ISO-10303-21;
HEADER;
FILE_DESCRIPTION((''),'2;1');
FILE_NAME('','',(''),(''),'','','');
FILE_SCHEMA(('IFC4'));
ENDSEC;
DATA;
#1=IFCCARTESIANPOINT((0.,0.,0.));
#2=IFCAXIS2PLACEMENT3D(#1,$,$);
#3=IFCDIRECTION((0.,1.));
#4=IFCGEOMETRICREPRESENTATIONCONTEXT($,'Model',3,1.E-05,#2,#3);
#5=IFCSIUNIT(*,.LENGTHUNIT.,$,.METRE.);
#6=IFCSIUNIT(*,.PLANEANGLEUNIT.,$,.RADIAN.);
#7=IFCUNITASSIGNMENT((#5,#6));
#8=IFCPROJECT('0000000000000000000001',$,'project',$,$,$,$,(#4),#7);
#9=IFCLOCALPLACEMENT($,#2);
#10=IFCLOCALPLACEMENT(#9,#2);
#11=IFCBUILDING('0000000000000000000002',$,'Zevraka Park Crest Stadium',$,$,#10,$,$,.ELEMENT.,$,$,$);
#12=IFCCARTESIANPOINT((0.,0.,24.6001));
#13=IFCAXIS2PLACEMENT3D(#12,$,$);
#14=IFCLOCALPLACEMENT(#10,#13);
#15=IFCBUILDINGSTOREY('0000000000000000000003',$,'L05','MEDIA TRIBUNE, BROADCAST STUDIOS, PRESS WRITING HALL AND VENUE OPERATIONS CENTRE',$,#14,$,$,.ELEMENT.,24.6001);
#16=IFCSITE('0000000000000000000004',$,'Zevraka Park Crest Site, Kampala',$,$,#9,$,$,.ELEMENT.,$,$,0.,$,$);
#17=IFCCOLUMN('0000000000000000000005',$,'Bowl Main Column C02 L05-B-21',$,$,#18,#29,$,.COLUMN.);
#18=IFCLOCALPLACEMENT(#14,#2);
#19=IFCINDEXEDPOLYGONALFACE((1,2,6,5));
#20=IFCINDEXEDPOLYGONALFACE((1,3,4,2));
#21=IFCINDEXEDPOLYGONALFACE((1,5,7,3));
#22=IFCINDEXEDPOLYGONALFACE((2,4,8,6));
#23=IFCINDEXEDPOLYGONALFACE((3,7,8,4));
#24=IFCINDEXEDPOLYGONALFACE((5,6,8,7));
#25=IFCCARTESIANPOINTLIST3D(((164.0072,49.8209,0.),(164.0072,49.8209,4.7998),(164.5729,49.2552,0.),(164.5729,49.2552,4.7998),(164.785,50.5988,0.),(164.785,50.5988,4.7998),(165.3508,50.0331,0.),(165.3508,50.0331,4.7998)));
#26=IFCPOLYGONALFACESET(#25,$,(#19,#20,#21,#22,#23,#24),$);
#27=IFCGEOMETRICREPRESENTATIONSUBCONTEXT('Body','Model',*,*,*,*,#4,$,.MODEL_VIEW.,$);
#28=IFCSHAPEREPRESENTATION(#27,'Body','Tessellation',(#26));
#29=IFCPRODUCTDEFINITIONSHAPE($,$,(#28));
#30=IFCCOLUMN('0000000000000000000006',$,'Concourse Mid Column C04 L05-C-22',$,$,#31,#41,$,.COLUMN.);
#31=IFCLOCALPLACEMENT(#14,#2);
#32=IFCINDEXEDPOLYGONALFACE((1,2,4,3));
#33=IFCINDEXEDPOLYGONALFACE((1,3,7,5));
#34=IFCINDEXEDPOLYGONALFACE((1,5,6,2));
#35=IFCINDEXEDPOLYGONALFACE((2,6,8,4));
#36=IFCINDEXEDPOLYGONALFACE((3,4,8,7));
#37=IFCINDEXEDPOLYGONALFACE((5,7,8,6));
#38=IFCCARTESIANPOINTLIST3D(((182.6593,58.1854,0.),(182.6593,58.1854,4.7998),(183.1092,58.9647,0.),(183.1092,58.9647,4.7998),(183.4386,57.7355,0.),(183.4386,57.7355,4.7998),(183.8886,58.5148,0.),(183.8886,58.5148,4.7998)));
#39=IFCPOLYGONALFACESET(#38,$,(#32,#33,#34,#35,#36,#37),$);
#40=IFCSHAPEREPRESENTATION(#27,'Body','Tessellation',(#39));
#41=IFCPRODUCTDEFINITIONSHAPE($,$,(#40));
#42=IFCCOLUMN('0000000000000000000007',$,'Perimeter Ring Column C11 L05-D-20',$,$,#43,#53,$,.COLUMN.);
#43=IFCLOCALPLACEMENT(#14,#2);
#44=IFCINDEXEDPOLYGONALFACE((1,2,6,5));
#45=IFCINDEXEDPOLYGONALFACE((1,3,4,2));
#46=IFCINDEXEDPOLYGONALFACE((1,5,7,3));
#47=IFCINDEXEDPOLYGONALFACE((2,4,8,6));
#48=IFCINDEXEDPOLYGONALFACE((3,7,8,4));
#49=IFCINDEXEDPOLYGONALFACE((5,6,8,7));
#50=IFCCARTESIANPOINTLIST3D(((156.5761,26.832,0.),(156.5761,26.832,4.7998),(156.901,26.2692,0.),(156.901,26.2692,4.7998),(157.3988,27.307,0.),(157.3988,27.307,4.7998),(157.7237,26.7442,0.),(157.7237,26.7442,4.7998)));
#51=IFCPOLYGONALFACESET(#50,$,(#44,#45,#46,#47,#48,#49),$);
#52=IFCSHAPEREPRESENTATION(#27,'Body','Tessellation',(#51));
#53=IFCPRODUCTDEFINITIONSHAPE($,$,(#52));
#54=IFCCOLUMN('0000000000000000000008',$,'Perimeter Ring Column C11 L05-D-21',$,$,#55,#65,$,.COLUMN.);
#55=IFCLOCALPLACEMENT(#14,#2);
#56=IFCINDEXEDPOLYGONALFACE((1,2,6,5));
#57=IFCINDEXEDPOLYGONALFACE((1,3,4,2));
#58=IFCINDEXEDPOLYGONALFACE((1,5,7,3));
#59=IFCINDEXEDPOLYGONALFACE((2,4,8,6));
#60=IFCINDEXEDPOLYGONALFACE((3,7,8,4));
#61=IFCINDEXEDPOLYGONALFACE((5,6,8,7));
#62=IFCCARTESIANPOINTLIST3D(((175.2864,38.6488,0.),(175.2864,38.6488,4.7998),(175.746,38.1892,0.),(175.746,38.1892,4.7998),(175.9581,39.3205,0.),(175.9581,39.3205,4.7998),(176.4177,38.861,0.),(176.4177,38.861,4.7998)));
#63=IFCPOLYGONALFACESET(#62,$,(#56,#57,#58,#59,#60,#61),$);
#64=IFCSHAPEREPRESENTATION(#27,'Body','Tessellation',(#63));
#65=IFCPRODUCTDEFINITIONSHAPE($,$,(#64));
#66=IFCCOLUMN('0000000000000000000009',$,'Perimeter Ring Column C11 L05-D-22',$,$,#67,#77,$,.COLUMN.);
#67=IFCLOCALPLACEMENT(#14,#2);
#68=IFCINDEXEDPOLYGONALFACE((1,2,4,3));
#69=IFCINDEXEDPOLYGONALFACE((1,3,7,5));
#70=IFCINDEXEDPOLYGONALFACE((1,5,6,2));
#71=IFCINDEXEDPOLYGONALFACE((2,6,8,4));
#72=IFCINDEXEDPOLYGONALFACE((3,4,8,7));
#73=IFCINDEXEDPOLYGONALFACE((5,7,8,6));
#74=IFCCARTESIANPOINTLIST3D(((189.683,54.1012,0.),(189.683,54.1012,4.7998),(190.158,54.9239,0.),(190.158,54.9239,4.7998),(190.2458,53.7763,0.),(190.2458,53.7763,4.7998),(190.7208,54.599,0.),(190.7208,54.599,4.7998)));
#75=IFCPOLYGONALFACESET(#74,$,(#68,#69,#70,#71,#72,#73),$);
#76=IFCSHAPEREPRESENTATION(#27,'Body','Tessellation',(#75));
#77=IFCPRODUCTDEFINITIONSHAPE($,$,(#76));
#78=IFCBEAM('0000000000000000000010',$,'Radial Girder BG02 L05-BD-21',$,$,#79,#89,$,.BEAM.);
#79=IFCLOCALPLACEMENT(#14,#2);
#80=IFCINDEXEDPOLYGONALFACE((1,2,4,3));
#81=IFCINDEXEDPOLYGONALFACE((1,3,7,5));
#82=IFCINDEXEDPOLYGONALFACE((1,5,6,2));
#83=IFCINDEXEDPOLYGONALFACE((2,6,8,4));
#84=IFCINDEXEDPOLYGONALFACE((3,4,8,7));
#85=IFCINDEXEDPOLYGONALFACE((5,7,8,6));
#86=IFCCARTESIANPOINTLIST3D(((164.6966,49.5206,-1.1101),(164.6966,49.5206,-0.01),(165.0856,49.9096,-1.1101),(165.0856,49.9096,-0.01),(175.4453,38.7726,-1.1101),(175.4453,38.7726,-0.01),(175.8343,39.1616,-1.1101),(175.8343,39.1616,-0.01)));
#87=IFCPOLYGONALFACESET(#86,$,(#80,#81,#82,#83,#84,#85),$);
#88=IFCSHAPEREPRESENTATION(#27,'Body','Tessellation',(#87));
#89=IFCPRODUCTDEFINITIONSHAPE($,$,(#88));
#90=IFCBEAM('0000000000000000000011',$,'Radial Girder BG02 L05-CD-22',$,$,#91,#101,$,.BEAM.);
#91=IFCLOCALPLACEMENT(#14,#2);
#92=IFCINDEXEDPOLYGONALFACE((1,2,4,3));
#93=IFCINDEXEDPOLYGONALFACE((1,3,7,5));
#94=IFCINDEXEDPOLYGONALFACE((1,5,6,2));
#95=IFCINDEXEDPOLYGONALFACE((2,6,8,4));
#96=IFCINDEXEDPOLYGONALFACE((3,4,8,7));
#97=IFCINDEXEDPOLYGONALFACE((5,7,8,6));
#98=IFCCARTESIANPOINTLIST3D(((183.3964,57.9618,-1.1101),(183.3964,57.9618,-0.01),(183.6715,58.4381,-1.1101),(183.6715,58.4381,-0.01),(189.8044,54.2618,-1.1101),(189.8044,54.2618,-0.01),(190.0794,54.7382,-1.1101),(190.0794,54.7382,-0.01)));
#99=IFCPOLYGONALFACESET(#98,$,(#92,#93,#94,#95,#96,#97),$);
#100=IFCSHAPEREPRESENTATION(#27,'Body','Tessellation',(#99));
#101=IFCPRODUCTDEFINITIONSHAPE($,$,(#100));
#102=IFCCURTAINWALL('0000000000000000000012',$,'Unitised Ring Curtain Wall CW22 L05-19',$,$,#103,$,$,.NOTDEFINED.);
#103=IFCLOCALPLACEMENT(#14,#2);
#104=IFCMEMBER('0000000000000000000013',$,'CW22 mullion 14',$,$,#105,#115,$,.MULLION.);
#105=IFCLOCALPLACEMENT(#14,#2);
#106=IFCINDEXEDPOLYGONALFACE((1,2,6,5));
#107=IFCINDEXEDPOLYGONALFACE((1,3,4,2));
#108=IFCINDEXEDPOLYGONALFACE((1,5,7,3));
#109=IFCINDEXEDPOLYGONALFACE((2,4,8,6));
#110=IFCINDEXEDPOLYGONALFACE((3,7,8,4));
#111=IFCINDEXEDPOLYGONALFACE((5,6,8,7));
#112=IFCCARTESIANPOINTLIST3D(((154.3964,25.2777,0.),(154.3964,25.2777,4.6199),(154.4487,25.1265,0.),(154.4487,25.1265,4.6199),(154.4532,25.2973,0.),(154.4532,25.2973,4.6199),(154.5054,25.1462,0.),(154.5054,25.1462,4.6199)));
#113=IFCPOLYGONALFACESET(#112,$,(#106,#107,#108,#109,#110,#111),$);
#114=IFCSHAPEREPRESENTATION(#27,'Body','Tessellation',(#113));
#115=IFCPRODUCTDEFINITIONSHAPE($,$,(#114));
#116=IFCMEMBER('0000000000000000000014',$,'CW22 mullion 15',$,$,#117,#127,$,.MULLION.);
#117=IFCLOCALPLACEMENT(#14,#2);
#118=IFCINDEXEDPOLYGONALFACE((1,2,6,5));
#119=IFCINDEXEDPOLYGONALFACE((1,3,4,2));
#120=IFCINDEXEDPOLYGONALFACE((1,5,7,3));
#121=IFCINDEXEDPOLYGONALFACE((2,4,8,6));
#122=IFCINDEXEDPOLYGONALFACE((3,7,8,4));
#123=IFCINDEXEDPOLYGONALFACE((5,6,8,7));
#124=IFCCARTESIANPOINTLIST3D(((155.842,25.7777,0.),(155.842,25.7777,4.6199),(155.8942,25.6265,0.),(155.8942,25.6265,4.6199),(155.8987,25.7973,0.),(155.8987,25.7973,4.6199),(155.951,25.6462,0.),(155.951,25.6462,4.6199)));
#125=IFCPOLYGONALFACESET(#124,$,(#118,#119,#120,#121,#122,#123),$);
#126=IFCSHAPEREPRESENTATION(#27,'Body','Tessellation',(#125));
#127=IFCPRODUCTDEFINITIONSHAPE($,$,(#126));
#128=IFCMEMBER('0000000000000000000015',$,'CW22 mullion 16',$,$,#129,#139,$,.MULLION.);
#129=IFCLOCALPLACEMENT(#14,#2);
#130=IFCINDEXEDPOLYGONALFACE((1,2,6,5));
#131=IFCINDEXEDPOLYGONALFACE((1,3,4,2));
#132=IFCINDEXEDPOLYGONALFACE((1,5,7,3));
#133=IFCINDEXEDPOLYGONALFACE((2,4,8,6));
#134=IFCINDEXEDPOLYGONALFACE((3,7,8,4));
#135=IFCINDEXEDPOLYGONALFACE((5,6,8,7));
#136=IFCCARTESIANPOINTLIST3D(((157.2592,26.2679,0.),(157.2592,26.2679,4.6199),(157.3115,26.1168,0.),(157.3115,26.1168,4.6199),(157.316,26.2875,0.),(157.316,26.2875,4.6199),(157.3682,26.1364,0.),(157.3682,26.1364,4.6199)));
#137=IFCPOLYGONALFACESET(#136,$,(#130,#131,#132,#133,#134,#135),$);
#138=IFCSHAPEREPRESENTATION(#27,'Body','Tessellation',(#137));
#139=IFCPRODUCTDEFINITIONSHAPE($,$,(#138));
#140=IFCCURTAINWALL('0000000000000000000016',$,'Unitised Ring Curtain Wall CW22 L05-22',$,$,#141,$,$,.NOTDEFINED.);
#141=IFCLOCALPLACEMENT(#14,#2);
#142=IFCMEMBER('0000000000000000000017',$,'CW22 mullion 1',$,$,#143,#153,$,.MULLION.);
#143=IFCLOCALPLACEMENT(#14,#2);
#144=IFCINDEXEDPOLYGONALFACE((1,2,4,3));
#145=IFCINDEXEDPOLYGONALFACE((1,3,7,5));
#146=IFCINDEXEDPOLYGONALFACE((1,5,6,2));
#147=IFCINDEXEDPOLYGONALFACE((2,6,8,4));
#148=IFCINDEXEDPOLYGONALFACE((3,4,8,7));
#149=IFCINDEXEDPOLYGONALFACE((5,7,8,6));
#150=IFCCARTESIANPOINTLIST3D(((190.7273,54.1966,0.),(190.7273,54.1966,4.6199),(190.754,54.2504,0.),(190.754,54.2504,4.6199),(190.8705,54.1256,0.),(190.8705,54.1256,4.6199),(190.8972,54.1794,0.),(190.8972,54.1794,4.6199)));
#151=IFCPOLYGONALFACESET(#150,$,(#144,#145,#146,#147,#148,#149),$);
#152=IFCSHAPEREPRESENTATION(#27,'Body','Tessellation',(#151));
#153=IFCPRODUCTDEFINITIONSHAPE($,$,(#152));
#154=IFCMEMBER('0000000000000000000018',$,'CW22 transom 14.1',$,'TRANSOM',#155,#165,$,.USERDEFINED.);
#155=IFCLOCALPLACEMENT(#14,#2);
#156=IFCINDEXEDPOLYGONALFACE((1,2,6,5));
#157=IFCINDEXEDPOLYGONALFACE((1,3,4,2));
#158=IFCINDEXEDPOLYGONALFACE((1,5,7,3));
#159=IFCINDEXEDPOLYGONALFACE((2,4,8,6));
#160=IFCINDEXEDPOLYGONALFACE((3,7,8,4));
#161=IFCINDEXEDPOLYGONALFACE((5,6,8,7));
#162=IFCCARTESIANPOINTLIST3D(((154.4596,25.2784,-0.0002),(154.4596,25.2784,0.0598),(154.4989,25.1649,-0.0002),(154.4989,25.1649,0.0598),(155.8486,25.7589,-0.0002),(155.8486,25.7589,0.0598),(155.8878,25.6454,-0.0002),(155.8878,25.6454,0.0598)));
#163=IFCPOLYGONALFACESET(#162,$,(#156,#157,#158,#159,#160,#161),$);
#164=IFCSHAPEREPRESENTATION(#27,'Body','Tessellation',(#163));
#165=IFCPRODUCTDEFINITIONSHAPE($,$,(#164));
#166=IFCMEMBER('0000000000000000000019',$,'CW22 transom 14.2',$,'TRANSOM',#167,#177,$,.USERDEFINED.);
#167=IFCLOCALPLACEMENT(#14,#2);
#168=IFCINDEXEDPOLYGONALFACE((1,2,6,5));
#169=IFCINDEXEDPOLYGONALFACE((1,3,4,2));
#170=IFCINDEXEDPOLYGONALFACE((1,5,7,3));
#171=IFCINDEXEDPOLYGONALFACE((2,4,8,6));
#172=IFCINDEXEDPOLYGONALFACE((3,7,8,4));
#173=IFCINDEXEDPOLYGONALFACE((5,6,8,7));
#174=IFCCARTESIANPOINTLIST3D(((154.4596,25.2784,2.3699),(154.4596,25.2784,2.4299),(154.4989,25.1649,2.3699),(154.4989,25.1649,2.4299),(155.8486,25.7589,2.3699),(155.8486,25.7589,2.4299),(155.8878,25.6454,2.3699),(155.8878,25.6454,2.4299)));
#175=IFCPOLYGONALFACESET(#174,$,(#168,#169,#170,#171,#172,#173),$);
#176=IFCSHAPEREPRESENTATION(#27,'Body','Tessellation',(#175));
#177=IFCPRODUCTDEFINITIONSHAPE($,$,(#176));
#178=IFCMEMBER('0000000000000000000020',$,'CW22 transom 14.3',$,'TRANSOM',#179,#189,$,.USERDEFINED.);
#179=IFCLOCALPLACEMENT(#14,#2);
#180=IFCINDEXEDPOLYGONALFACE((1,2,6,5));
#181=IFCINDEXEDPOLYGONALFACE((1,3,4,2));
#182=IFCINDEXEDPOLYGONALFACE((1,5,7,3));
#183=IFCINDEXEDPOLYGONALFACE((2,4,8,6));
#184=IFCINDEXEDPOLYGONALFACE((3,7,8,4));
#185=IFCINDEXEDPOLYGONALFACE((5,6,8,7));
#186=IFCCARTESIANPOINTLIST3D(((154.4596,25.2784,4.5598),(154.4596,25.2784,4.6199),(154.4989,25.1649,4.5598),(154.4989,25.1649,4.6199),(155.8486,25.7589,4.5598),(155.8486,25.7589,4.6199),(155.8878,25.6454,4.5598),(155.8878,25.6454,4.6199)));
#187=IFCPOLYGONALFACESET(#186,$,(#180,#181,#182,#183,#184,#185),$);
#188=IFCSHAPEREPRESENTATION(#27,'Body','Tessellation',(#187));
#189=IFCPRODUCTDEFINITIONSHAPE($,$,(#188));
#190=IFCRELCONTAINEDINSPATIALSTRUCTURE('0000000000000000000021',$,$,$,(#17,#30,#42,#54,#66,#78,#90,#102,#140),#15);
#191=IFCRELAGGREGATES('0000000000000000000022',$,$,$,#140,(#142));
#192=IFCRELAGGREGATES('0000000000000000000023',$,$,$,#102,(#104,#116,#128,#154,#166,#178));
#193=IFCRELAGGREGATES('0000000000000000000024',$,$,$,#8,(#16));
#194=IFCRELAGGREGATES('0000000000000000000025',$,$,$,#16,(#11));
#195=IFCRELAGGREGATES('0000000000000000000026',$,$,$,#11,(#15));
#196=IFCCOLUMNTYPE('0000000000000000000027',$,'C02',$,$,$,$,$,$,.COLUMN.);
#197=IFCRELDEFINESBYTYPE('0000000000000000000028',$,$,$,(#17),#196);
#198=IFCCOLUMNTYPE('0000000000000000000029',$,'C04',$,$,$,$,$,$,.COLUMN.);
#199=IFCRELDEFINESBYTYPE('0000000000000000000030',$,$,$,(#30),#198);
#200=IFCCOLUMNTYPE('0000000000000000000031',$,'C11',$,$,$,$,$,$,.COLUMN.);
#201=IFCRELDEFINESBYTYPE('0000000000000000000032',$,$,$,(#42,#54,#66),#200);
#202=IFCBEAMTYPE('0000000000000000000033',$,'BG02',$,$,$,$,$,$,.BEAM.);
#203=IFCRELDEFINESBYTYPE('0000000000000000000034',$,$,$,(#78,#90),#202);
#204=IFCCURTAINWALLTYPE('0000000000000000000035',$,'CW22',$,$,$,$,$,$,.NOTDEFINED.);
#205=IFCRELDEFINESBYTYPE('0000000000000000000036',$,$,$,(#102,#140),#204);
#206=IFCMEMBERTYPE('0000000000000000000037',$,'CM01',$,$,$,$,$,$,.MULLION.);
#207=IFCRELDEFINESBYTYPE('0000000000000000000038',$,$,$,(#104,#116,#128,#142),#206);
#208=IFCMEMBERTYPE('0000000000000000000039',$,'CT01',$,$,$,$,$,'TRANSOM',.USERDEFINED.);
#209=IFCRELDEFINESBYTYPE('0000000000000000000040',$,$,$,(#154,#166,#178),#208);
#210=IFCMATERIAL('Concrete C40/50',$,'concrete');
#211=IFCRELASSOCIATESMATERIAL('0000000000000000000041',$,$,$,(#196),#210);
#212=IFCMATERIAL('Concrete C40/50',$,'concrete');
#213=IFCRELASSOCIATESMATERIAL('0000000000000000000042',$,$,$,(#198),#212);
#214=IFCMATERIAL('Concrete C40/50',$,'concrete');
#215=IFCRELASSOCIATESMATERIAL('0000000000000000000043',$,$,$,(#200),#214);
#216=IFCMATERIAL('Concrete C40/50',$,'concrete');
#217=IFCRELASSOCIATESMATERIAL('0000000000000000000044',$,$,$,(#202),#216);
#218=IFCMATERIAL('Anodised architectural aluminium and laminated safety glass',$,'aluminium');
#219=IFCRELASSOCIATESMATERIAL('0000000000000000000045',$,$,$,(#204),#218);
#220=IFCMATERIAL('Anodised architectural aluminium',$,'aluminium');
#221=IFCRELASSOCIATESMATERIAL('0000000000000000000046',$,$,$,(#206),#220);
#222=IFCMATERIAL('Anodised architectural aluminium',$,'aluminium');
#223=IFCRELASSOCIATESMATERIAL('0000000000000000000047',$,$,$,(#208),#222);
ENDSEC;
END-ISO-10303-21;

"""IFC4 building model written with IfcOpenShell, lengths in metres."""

from ifc_helpers import new_model, si_unit, direction, frame, origin, origin_2d, place, context, subcontext, project, spatial, rectangle, extrude, material, material_profile, profile_set, type_object, element, aggregate, save


model = new_model("IFC4")

# Units and contexts
model_context = context("Model", 3, precision=1e-05, world=origin(), true_north=direction((0.0, 1.0)))
body_context = subcontext(model_context, "Body", "Model", "MODEL_VIEW")
ifc_project = project(units=[si_unit("LENGTHUNIT", "METRE"), si_unit("PLANEANGLEUNIT", "RADIAN")], contexts=[model_context])

# Site, building, storey
site_placement = place(None, origin())
site = spatial("IfcSite", under=ifc_project, at=site_placement, Name="Zevraka Park Crest Site, Kampala", CompositionType="ELEMENT", RefElevation=0.0)
building_placement = place(site_placement, origin())
building = spatial("IfcBuilding", under=site, at=building_placement, Name="Zevraka Park Crest Stadium", CompositionType="ELEMENT")
storey_placement = place(building_placement, frame((0.0, 0.0, 24.6001)))
storey = spatial("IfcBuildingStorey", under=building, at=storey_placement, Name="L05", Description="MEDIA TRIBUNE, BROADCAST STUDIOS, PRESS WRITING HALL AND VENUE OPERATIONS CENTRE", CompositionType="ELEMENT", Elevation=24.6001)

# Columns
ifc_material_1 = material(Name="Concrete C40/50", Category="concrete")
ifc_material_profile_1 = material_profile(ifc_material_1, rectangle(XDim=0.8, YDim=1.1001, at=origin_2d()), Name="RC 1100x800")
ifc_profile_set_1 = profile_set([ifc_material_profile_1], Name="Concrete C40/50")
column_type_1 = type_object("IfcColumnType", Name="C02", PredefinedType="COLUMN", material=ifc_profile_set_1)
column_1_placement = place(storey_placement, frame((164.679, 49.927, 0.0), z_axis=(0.0, 0.0, 1.0), x_axis=(-0.707107, 0.707107, 0.0)))
element("IfcColumn", 1, at=column_1_placement, inside=storey, type_object=column_type_1, Name="Bowl Main Column C02 L05-B-21", PredefinedType="COLUMN", context=body_context, shape_type="SweptSolid", body=[
    extrude(rectangle(XDim=0.8, YDim=1.1001, at=origin_2d()), origin(), (0.0, 0.0, 1.0), 4.7998),
])
ifc_material_2 = material(Name="Concrete C40/50", Category="concrete")
ifc_material_profile_2 = material_profile(ifc_material_2, rectangle(XDim=0.8999, YDim=0.8999, at=origin_2d()), Name="RC 900x900")
ifc_profile_set_2 = profile_set([ifc_material_profile_2], Name="Concrete C40/50")
column_type_2 = type_object("IfcColumnType", Name="C04", PredefinedType="COLUMN", material=ifc_profile_set_2)
column_2_placement = place(storey_placement, frame((183.2739, 58.3501, 0.0), z_axis=(0.0, 0.0, 1.0), x_axis=(-0.866025, 0.5, 0.0)))
element("IfcColumn", 2, at=column_2_placement, inside=storey, type_object=column_type_2, Name="Concourse Mid Column C04 L05-C-22", PredefinedType="COLUMN", context=body_context, shape_type="SweptSolid", body=[
    extrude(rectangle(XDim=0.8999, YDim=0.8999, at=origin_2d()), origin(), (0.0, 0.0, 1.0), 4.7998),
])
ifc_material_3 = material(Name="Concrete C40/50", Category="concrete")
ifc_material_profile_3 = material_profile(ifc_material_3, rectangle(XDim=0.6499, YDim=0.95, at=origin_2d()), Name="RC 950x650")
ifc_profile_set_3 = profile_set([ifc_material_profile_3], Name="Concrete C40/50")
column_type_3 = type_object("IfcColumnType", Name="C11", PredefinedType="COLUMN", material=ifc_profile_set_3)
for number, where, z_axis, x_axis, name in (
    (3, (157.1499, 26.7881, 0.0), (0.0, 0.0, 1.0), (-0.5, 0.866025, 0.0), "Perimeter Ring Column C11 L05-D-20"),
    (4, (175.8521, 38.7549, 0.0), (0.0, 0.0, 1.0), (-0.707107, 0.707107, 0.0), "Perimeter Ring Column C11 L05-D-21"),
    (5, (190.2019, 54.3501, 0.0), (0.0, 0.0, 1.0), (-0.866025, 0.5, 0.0), "Perimeter Ring Column C11 L05-D-22"),
):
    element("IfcColumn", number, at=place(storey_placement, frame(where, z_axis=z_axis, x_axis=x_axis)), inside=storey, type_object=column_type_3, Name=name, PredefinedType="COLUMN", context=body_context, shape_type="SweptSolid", body=[
        extrude(rectangle(XDim=0.6499, YDim=0.95, at=origin_2d()), origin(), (0.0, 0.0, 1.0), 4.7998),
    ])

# Beams
ifc_material_4 = material(Name="Concrete C40/50", Category="concrete")
ifc_material_profile_4 = material_profile(ifc_material_4, rectangle(XDim=0.55, YDim=1.1001, at=origin_2d()), Name="RC 1100x550")
ifc_profile_set_4 = profile_set([ifc_material_profile_4], Name="Concrete C40/50")
beam_type_1 = type_object("IfcBeamType", Name="BG02", PredefinedType="BEAM", material=ifc_profile_set_4)
beam_1_placement = place(storey_placement, frame((164.8911, 49.7151, -0.5601), z_axis=(0.707131, -0.707083, 0.0), x_axis=(0.707083, 0.707131, 0.0)))
element("IfcBeam", 6, at=beam_1_placement, inside=storey, type_object=beam_type_1, Name="Radial Girder BG02 L05-BD-21", PredefinedType="BEAM", context=body_context, shape_type="SweptSolid", body=[
    extrude(rectangle(XDim=0.55, YDim=1.1001, at=origin_2d()), origin(), (0.0, 0.0, 1.0), 15.2004),
])
beam_2_placement = place(storey_placement, frame((183.5339, 58.2, -0.5601), z_axis=(0.866007, -0.500032, 0.0), x_axis=(0.500032, 0.866007, 0.0)))
element("IfcBeam", 7, at=beam_2_placement, inside=storey, type_object=beam_type_1, Name="Radial Girder BG02 L05-CD-22", PredefinedType="BEAM", context=body_context, shape_type="SweptSolid", body=[
    extrude(rectangle(XDim=0.55, YDim=1.1001, at=origin_2d()), origin(), (0.0, 0.0, 1.0), 7.3994),
])

# Curtain wall, members
ifc_material_5 = material(Name="Anodised architectural aluminium and laminated safety glass", Category="aluminium")
curtain_wall_type = type_object("IfcCurtainWallType", Name="CW22", PredefinedType="NOTDEFINED", material=ifc_material_5)
curtain_wall_1_placement = place(storey_placement, origin())
curtain_wall_1 = element("IfcCurtainWall", 8, at=curtain_wall_1_placement, inside=storey, type_object=curtain_wall_type, Name="Unitised Ring Curtain Wall CW22 L05-19", PredefinedType="NOTDEFINED")
ifc_material_6 = material(Name="Anodised architectural aluminium", Category="aluminium")
ifc_material_profile_5 = material_profile(ifc_material_6, rectangle(XDim=0.1599, YDim=0.0601, at=origin_2d()), Name="ALU MULLION 160x60")
ifc_profile_set_5 = profile_set([ifc_material_profile_5], Name="Anodised architectural aluminium")
member_type_1 = type_object("IfcMemberType", Name="CM01", PredefinedType="MULLION", material=ifc_profile_set_5)
member_1_placement = place(storey_placement, frame((154.4509, 25.2119, 0.0), z_axis=(0.0, 0.0, 1.0), x_axis=(-0.326929, 0.945049, 0.0)))
member_1 = element("IfcMember", 9, at=member_1_placement, type_object=member_type_1, Name="CW22 mullion 14", PredefinedType="MULLION", context=body_context, shape_type="SweptSolid", body=[
    extrude(rectangle(XDim=0.1599, YDim=0.0601, at=origin_2d()), origin(), (0.0, 0.0, 1.0), 4.6199),
])
member_2_placement = place(storey_placement, frame((155.8965, 25.7119, 0.0), z_axis=(0.0, 0.0, 1.0), x_axis=(-0.326929, 0.945049, 0.0)))
member_2 = element("IfcMember", 10, at=member_2_placement, type_object=member_type_1, Name="CW22 mullion 15", PredefinedType="MULLION", context=body_context, shape_type="SweptSolid", body=[
    extrude(rectangle(XDim=0.1599, YDim=0.0601, at=origin_2d()), origin(), (0.0, 0.0, 1.0), 4.6199),
])
member_3_placement = place(storey_placement, frame((157.3137, 26.2021, 0.0), z_axis=(0.0, 0.0, 1.0), x_axis=(-0.326929, 0.945049, 0.0)))
member_3 = element("IfcMember", 11, at=member_3_placement, type_object=member_type_1, Name="CW22 mullion 16", PredefinedType="MULLION", context=body_context, shape_type="SweptSolid", body=[
    extrude(rectangle(XDim=0.1599, YDim=0.0601, at=origin_2d()), origin(), (0.0, 0.0, 1.0), 4.6199),
])

# Curtain wall, member
curtain_wall_2_placement = place(storey_placement, origin())
curtain_wall_2 = element("IfcCurtainWall", 12, at=curtain_wall_2_placement, inside=storey, type_object=curtain_wall_type, Name="Unitised Ring Curtain Wall CW22 L05-22", PredefinedType="NOTDEFINED")
member_4_placement = place(storey_placement, frame((190.8123, 54.188, 0.0), z_axis=(0.0, 0.0, 1.0), x_axis=(-0.895879, 0.444297, 0.0)))
member_4 = element("IfcMember", 13, at=member_4_placement, type_object=member_type_1, Name="CW22 mullion 1", PredefinedType="MULLION", context=body_context, shape_type="SweptSolid", body=[
    extrude(rectangle(XDim=0.1599, YDim=0.0601, at=origin_2d()), origin(), (0.0, 0.0, 1.0), 4.6199),
])

# Members
ifc_material_7 = material(Name="Anodised architectural aluminium", Category="aluminium")
ifc_material_profile_6 = material_profile(ifc_material_7, rectangle(XDim=0.1201, YDim=0.0601, at=origin_2d()), Name="ALU TRANSOM 120x60")
ifc_profile_set_6 = profile_set([ifc_material_profile_6], Name="Anodised architectural aluminium")
member_type_2 = type_object("IfcMemberType", Name="CT01", ElementType="TRANSOM", PredefinedType="USERDEFINED", material=ifc_profile_set_6)
member_5_placement = place(storey_placement, frame((154.4792, 25.2217, 0.0298), z_axis=(0.945051, 0.326922, 0.0), x_axis=(-0.326922, 0.945051, 0.0)))
member_5 = element("IfcMember", 14, at=member_5_placement, type_object=member_type_2, Name="CW22 transom 14.1", ObjectType="TRANSOM", PredefinedType="USERDEFINED", context=body_context, shape_type="SweptSolid", body=[
    extrude(rectangle(XDim=0.1201, YDim=0.0601, at=origin_2d()), origin(), (0.0, 0.0, 1.0), 1.4697),
])
member_6_placement = place(storey_placement, frame((154.4792, 25.2217, 2.3999), z_axis=(0.945051, 0.326922, 0.0), x_axis=(-0.326922, 0.945051, 0.0)))
member_6 = element("IfcMember", 15, at=member_6_placement, type_object=member_type_2, Name="CW22 transom 14.2", ObjectType="TRANSOM", PredefinedType="USERDEFINED", context=body_context, shape_type="SweptSolid", body=[
    extrude(rectangle(XDim=0.1201, YDim=0.0601, at=origin_2d()), origin(), (0.0, 0.0, 1.0), 1.4697),
])
member_7_placement = place(storey_placement, frame((154.4792, 25.2217, 4.5898), z_axis=(0.945051, 0.326922, 0.0), x_axis=(-0.326922, 0.945051, 0.0)))
member_7 = element("IfcMember", 16, at=member_7_placement, type_object=member_type_2, Name="CW22 transom 14.3", ObjectType="TRANSOM", PredefinedType="USERDEFINED", context=body_context, shape_type="SweptSolid", body=[
    extrude(rectangle(XDim=0.1201, YDim=0.0601, at=origin_2d()), origin(), (0.0, 0.0, 1.0), 1.4697),
])
aggregate(curtain_wall_2, [member_4])

aggregate(curtain_wall_1, [member_1, member_2, member_3, member_5, member_6, member_7])

save(model, "model.ifc")
